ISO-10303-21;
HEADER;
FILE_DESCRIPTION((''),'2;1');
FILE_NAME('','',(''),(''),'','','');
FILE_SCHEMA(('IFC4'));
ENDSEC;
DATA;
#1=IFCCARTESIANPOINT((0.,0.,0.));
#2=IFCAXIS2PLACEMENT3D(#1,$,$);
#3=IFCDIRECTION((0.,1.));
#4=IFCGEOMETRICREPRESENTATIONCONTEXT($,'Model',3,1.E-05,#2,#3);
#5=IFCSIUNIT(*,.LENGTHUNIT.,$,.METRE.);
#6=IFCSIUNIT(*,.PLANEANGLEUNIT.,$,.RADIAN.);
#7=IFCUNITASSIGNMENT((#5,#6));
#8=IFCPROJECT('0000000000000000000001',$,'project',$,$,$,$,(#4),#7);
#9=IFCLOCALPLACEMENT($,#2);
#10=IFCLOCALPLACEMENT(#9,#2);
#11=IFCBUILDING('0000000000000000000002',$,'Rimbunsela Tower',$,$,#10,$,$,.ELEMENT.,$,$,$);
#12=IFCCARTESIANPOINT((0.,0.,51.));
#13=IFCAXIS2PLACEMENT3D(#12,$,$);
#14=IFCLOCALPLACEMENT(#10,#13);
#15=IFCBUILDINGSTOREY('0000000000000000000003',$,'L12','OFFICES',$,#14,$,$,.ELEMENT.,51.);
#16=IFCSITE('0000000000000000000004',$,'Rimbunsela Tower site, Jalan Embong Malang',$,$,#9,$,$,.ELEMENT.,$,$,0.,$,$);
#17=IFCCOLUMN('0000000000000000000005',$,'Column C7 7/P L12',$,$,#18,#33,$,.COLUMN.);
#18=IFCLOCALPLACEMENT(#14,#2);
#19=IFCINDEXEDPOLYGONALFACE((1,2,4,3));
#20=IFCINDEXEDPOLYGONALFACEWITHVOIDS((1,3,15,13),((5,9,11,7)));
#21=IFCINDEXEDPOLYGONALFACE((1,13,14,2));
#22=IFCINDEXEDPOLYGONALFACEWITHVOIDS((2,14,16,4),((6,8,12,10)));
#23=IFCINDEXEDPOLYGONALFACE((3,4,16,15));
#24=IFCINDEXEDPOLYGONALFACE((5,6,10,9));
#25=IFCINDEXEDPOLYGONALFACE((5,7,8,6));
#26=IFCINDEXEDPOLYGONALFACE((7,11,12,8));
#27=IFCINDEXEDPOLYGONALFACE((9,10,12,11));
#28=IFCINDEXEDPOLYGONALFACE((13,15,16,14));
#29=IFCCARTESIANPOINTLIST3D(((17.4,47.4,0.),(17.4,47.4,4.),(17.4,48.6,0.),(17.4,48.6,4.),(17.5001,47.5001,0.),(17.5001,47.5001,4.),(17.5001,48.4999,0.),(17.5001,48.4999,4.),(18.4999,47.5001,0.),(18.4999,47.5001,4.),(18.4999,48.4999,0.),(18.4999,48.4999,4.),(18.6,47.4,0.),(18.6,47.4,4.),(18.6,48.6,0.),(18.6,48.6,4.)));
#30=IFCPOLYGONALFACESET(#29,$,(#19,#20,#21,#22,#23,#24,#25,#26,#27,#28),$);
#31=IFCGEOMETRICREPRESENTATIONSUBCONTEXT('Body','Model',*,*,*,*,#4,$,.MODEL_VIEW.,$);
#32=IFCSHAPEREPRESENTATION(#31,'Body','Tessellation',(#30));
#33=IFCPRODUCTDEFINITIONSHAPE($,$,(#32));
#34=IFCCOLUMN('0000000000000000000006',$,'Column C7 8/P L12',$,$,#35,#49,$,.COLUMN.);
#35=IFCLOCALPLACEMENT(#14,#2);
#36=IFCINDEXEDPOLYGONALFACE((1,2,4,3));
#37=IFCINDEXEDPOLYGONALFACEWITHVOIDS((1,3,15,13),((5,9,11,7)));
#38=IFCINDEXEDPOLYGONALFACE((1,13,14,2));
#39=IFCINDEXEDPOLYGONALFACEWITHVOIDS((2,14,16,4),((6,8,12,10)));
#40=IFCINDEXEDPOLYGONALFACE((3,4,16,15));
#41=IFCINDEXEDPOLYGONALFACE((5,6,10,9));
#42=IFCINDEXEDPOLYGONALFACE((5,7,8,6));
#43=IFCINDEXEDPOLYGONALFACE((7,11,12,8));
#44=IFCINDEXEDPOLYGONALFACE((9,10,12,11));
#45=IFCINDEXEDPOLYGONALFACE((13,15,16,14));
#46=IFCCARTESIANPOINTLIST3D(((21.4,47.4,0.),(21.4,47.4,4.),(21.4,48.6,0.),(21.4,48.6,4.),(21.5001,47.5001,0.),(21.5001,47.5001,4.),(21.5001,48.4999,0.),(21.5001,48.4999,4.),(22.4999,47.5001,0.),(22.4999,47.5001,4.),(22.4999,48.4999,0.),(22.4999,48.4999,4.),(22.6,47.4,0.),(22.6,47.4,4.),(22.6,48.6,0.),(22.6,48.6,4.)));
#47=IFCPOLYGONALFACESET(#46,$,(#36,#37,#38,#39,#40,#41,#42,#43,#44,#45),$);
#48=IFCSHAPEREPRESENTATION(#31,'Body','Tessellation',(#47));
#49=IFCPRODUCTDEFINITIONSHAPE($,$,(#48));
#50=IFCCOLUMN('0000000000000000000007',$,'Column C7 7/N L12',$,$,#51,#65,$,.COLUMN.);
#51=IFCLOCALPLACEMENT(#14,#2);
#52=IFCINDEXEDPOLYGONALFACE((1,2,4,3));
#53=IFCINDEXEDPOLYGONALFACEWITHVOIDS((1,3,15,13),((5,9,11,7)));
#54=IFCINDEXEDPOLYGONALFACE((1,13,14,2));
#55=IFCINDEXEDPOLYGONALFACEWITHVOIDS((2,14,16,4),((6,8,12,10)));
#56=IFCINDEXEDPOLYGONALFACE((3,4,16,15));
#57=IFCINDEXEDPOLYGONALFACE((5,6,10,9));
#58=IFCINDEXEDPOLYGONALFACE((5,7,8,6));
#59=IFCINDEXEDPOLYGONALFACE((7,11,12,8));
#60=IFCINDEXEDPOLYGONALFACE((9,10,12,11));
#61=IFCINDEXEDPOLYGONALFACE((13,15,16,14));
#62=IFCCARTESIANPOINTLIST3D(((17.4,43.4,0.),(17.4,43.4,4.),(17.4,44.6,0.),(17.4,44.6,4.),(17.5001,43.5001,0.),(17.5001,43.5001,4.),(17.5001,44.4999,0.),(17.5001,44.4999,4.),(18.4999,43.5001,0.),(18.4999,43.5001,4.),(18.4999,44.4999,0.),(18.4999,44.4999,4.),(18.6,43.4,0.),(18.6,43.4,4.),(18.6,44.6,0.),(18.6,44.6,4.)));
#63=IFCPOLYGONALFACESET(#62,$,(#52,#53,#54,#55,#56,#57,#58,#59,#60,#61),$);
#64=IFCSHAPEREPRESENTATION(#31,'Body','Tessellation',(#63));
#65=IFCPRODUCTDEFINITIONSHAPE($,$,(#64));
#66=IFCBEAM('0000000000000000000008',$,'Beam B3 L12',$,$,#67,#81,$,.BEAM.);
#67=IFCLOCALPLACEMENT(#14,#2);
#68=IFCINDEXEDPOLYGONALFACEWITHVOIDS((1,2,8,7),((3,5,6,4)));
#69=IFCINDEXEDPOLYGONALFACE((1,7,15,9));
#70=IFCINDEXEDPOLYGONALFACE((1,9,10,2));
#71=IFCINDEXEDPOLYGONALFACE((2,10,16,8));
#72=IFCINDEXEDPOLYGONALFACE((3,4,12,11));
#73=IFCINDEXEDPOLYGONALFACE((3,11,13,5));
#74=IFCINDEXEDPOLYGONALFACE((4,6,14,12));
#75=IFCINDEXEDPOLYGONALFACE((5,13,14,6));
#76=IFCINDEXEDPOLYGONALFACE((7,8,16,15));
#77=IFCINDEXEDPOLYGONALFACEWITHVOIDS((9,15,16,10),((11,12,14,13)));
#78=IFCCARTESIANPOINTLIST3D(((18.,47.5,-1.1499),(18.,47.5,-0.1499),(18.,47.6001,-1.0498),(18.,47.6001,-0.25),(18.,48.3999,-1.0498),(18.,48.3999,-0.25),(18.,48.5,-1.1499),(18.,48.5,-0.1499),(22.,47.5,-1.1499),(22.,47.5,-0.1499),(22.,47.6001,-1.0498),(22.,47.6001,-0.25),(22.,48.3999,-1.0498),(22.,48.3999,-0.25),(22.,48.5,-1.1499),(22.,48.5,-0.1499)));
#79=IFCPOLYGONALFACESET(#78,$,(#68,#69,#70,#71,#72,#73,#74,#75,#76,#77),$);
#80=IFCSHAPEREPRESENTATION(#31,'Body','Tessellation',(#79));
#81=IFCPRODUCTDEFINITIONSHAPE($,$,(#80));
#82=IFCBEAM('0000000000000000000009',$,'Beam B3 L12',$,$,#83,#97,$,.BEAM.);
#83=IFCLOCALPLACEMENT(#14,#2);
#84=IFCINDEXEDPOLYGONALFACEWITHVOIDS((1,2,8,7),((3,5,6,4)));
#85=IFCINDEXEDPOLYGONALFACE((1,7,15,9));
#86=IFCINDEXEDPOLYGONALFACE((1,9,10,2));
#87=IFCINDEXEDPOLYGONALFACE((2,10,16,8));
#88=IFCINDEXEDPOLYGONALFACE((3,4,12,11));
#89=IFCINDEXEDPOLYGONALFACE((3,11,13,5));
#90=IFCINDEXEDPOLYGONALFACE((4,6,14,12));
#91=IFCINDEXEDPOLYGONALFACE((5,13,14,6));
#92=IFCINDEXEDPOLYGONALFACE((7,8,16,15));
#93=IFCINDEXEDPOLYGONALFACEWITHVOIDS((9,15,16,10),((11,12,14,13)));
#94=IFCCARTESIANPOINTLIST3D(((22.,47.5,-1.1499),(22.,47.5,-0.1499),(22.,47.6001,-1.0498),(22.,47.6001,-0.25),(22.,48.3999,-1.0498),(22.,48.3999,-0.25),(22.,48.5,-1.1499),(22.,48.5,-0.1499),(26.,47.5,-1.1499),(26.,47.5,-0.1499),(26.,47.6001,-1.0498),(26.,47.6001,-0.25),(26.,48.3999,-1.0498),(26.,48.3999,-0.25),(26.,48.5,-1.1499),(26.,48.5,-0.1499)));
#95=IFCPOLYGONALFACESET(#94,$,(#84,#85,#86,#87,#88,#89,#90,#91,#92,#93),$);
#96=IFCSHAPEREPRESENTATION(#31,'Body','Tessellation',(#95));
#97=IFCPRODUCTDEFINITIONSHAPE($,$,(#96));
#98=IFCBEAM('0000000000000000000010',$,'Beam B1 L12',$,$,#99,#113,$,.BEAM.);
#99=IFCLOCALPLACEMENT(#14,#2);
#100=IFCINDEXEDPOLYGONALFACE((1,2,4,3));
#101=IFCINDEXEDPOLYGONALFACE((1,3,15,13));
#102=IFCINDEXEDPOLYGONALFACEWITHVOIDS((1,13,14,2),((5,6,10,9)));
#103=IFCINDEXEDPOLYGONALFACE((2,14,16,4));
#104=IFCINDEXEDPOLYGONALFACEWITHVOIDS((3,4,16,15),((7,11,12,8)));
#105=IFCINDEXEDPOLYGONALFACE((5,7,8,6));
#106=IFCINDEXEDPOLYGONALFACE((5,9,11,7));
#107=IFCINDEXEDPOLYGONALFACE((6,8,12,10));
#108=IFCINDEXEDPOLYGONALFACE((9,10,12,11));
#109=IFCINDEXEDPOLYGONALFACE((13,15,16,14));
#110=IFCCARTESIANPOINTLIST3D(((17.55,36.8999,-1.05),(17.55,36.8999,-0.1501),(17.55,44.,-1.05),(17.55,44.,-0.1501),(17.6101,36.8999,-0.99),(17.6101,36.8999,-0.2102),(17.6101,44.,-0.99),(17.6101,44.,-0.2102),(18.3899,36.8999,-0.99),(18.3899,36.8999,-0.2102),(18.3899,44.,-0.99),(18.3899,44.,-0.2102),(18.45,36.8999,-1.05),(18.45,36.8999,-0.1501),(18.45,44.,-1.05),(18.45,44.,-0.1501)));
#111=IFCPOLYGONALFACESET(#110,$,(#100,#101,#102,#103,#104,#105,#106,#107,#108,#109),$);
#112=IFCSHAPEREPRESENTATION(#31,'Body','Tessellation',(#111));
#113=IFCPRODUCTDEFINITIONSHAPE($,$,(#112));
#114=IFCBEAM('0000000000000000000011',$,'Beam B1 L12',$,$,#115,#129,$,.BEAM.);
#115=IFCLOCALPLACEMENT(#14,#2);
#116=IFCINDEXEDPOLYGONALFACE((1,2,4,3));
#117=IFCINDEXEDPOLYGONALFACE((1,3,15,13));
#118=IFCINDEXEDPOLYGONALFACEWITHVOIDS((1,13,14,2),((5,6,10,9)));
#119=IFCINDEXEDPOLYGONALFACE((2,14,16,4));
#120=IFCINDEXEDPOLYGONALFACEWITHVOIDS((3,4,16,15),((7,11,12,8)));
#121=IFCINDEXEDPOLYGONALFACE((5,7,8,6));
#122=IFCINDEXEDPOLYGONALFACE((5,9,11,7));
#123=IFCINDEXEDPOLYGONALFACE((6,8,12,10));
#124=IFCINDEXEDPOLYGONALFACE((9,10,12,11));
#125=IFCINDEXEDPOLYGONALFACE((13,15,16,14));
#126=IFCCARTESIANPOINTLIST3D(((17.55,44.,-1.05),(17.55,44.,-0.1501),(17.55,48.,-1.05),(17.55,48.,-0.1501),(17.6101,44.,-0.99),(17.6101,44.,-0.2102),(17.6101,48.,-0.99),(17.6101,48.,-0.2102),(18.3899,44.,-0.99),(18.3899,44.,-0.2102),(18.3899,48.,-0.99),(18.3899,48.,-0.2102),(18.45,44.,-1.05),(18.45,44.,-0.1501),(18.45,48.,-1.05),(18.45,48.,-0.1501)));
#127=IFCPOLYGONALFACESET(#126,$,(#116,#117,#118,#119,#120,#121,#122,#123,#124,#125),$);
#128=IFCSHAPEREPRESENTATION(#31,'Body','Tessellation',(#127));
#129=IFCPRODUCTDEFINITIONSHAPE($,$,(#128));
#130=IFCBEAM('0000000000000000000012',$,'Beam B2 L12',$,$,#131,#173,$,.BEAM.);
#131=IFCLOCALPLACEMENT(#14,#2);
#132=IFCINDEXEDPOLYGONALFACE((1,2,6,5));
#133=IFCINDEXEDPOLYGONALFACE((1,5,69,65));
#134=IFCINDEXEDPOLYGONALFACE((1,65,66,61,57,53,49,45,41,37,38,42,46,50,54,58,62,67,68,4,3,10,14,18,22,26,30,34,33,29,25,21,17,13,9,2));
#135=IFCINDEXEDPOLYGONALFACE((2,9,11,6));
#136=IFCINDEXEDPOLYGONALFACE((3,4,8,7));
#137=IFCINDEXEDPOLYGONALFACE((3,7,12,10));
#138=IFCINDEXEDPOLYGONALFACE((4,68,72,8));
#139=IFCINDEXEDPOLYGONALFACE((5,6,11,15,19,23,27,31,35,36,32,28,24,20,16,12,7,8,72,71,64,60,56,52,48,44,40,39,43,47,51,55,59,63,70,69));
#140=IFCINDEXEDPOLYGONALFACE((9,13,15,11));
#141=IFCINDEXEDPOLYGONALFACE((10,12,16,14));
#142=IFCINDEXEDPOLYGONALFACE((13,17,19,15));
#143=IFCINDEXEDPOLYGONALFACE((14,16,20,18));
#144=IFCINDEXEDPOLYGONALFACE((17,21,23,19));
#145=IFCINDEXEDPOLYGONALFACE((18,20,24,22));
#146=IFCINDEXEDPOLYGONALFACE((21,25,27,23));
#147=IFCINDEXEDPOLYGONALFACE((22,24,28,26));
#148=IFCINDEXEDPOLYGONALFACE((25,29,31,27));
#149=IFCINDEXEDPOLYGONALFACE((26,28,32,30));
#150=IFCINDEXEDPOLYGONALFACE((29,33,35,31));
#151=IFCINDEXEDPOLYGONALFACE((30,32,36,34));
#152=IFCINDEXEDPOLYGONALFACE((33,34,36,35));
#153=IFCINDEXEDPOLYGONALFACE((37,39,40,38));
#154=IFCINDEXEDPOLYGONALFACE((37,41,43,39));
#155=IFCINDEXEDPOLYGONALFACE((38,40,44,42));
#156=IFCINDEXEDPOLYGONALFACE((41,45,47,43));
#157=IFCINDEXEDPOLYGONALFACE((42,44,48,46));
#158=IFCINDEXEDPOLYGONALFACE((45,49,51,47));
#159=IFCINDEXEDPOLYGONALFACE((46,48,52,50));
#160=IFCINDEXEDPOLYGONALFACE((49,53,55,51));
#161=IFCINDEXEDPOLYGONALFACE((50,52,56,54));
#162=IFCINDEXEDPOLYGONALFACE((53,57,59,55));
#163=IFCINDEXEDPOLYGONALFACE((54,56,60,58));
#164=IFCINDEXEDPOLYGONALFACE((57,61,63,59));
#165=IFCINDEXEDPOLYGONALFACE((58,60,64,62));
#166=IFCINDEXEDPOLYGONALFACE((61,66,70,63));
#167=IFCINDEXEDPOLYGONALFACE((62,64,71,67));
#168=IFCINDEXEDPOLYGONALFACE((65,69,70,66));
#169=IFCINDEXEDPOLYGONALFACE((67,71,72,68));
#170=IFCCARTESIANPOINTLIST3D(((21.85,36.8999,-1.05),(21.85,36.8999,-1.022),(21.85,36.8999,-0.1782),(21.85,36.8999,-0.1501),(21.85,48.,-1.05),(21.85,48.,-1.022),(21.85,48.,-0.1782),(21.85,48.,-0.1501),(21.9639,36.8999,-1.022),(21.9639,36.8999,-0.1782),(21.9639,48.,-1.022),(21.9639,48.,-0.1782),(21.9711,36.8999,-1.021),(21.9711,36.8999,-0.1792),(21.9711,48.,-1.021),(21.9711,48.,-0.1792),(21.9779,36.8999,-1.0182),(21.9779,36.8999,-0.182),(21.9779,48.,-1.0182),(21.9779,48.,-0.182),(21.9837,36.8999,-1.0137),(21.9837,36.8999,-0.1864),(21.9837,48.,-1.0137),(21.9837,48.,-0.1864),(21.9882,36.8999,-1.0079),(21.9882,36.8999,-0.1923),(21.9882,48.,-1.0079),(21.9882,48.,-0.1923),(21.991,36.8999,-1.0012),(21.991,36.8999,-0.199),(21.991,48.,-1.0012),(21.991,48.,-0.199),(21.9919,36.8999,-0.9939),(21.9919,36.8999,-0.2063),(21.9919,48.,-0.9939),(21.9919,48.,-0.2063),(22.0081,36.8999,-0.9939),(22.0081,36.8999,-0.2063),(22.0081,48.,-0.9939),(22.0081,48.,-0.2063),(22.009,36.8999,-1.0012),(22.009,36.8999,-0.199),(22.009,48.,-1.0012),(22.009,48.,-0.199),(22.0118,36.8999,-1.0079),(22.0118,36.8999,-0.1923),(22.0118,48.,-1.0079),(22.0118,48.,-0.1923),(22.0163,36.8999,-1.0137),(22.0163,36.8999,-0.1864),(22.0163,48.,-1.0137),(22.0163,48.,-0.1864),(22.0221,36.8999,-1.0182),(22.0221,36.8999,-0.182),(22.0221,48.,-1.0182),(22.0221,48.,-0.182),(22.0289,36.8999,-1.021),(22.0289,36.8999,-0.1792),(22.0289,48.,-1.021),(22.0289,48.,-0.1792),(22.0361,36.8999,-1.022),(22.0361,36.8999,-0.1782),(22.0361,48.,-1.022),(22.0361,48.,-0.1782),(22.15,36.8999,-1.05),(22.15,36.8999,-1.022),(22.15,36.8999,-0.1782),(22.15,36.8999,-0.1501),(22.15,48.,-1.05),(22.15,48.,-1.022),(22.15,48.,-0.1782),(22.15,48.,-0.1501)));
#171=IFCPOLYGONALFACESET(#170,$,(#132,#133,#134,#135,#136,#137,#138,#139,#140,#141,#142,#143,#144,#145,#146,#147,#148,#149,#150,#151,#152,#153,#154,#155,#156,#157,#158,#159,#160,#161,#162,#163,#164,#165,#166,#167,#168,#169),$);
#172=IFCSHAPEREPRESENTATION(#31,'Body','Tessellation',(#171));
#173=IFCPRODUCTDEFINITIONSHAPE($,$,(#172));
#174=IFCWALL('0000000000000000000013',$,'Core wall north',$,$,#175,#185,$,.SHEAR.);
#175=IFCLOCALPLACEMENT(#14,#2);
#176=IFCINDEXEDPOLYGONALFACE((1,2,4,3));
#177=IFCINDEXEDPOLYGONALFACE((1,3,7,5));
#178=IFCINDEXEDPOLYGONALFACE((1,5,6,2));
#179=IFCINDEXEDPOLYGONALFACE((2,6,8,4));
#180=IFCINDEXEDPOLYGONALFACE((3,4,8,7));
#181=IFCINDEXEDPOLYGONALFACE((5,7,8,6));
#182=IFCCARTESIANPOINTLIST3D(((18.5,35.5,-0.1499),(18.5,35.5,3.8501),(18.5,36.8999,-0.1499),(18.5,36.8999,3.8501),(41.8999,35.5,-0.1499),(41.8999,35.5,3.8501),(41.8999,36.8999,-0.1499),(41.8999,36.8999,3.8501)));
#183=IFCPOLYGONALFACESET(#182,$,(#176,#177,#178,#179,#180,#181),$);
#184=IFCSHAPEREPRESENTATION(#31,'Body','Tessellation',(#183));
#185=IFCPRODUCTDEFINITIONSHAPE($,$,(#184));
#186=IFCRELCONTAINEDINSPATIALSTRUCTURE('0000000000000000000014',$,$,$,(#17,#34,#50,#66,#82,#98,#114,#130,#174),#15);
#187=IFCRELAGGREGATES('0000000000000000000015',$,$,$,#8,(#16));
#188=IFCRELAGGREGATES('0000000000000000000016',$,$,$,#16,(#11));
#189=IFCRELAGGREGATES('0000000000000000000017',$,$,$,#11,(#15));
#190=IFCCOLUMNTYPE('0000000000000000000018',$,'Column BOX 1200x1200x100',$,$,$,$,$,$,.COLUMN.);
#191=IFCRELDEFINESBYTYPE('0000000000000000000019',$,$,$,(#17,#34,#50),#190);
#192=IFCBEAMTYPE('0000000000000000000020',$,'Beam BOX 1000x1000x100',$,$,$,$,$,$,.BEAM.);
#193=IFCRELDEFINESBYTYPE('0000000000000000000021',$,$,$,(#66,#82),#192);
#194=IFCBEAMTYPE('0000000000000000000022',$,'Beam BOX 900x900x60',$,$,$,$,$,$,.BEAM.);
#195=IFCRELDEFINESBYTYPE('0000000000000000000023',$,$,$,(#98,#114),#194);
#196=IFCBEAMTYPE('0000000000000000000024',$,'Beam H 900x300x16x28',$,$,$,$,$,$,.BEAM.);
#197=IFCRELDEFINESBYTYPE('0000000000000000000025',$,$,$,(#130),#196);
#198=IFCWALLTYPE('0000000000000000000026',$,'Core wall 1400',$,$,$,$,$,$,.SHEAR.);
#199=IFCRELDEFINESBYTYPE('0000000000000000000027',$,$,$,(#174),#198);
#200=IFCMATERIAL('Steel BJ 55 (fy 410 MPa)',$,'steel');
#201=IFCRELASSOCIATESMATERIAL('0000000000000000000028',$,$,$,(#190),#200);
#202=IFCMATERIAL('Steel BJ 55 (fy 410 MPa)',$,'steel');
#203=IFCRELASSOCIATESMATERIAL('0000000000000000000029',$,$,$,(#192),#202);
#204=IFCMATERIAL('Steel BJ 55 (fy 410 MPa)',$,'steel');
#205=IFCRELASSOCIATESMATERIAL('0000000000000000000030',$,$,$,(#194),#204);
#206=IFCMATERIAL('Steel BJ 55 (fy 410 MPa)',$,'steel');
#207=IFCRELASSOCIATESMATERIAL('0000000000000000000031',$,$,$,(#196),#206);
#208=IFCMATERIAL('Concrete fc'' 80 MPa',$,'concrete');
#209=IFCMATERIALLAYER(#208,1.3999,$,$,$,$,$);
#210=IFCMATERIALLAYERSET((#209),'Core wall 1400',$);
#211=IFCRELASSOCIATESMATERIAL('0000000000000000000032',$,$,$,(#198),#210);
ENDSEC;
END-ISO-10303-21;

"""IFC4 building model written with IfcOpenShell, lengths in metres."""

from ifc_helpers import new_model, si_unit, direction, frame, frame_2d, origin, origin_2d, place, context, subcontext, project, spatial, rectangle, hollow_rectangle, i_section, extrude, material, layer, layer_set, material_profile, profile_set, type_object, element, save


model = new_model("IFC4")

# Units and contexts
model_context = context("Model", 3, precision=1e-05, world=origin(), true_north=direction((0.0, 1.0)))
body_context = subcontext(model_context, "Body", "Model", "MODEL_VIEW")
ifc_project = project(units=[si_unit("LENGTHUNIT", "METRE"), si_unit("PLANEANGLEUNIT", "RADIAN")], contexts=[model_context])

# Site, building, storey
site_placement = place(None, origin())
site = spatial("IfcSite", under=ifc_project, at=site_placement, Name="Rimbunsela Tower site, Jalan Embong Malang", CompositionType="ELEMENT", RefElevation=0.0)
building_placement = place(site_placement, origin())
building = spatial("IfcBuilding", under=site, at=building_placement, Name="Rimbunsela Tower", CompositionType="ELEMENT")
storey_placement = place(building_placement, frame((0.0, 0.0, 51.0)))
storey = spatial("IfcBuildingStorey", under=building, at=storey_placement, Name="L12", Description="OFFICES", CompositionType="ELEMENT", Elevation=51.0)

# Columns
ifc_material_1 = material(Name="Steel BJ 55 (fy 410 MPa)", Category="steel")
ifc_material_profile_1 = material_profile(ifc_material_1, hollow_rectangle(XDim=1.2, YDim=1.2, WallThickness=0.1001, at=origin_2d()), Name="BOX 1200x1200x100")
ifc_profile_set_1 = profile_set([ifc_material_profile_1], Name="Steel BJ 55 (fy 410 MPa)")
column_type = type_object("IfcColumnType", Name="Column BOX 1200x1200x100", PredefinedType="COLUMN", material=ifc_profile_set_1)
for number, where, z_axis, x_axis, name in (
    (1, (18.0, 48.0, 0.0), (0.0, 0.0, 1.0), (1.0, 0.0, 0.0), "Column C7 7/P L12"),
    (2, (22.0, 48.0, 0.0), (0.0, 0.0, 1.0), (1.0, 0.0, 0.0), "Column C7 8/P L12"),
    (3, (18.0, 44.0, 0.0), (0.0, 0.0, 1.0), (1.0, 0.0, 0.0), "Column C7 7/N L12"),
):
    element("IfcColumn", number, at=place(storey_placement, frame(where, z_axis=z_axis, x_axis=x_axis)), inside=storey, type_object=column_type, Name=name, PredefinedType="COLUMN", context=body_context, shape_type="SweptSolid", body=[
        extrude(hollow_rectangle(XDim=1.2, YDim=1.2, WallThickness=0.1001, at=origin_2d()), origin(), (0.0, 0.0, 1.0), 4.0),
    ])

# Beams
ifc_material_2 = material(Name="Steel BJ 55 (fy 410 MPa)", Category="steel")
ifc_material_profile_2 = material_profile(ifc_material_2, hollow_rectangle(XDim=1.0, YDim=1.0, WallThickness=0.1001, at=origin_2d()), Name="BOX 1000x1000x100")
ifc_profile_set_2 = profile_set([ifc_material_profile_2], Name="Steel BJ 55 (fy 410 MPa)")
beam_type_1 = type_object("IfcBeamType", Name="Beam BOX 1000x1000x100", PredefinedType="BEAM", material=ifc_profile_set_2)
for number, where, z_axis, x_axis, name in (
    (4, (18.0, 48.0, -0.6499), (1.0, 0.0, 0.0), (0.0, 1.0, 0.0), "Beam B3 L12"),
    (5, (22.0, 48.0, -0.6499), (1.0, 0.0, 0.0), (0.0, 1.0, 0.0), "Beam B3 L12"),
):
    element("IfcBeam", number, at=place(storey_placement, frame(where, z_axis=z_axis, x_axis=x_axis)), inside=storey, type_object=beam_type_1, Name=name, PredefinedType="BEAM", context=body_context, shape_type="SweptSolid", body=[
        extrude(hollow_rectangle(XDim=1.0, YDim=1.0, WallThickness=0.1001, at=origin_2d()), origin(), (0.0, 0.0, 1.0), 4.0),
    ])
ifc_material_3 = material(Name="Steel BJ 55 (fy 410 MPa)", Category="steel")
ifc_material_profile_3 = material_profile(ifc_material_3, hollow_rectangle(XDim=0.8999, YDim=0.8999, WallThickness=0.0601, at=origin_2d()), Name="BOX 900x900x60")
ifc_profile_set_3 = profile_set([ifc_material_profile_3], Name="Steel BJ 55 (fy 410 MPa)")
beam_type_2 = type_object("IfcBeamType", Name="Beam BOX 900x900x60", PredefinedType="BEAM", material=ifc_profile_set_3)
beam_1_placement = place(storey_placement, frame((18.0, 36.8999, -0.6001), z_axis=(0.0, 1.0, 0.0), x_axis=(-1.0, 0.0, 0.0)))
element("IfcBeam", 6, at=beam_1_placement, inside=storey, type_object=beam_type_2, Name="Beam B1 L12", PredefinedType="BEAM", context=body_context, shape_type="SweptSolid", body=[
    extrude(hollow_rectangle(XDim=0.8999, YDim=0.8999, WallThickness=0.0601, at=origin_2d()), origin(), (0.0, 0.0, 1.0), 7.1001),
])
beam_2_placement = place(storey_placement, frame((18.0, 44.0, -0.6001), z_axis=(0.0, 1.0, 0.0), x_axis=(-1.0, 0.0, 0.0)))
element("IfcBeam", 7, at=beam_2_placement, inside=storey, type_object=beam_type_2, Name="Beam B1 L12", PredefinedType="BEAM", context=body_context, shape_type="SweptSolid", body=[
    extrude(hollow_rectangle(XDim=0.8999, YDim=0.8999, WallThickness=0.0601, at=origin_2d()), origin(), (0.0, 0.0, 1.0), 4.0),
])
ifc_material_4 = material(Name="Steel BJ 55 (fy 410 MPa)", Category="steel")
ifc_material_profile_4 = material_profile(ifc_material_4, i_section(OverallWidth=0.3, OverallDepth=0.8999, WebThickness=0.0161, FlangeThickness=0.0281, FilletRadius=0.0281, at=origin_2d()), Name="H 900x300x16x28")
ifc_profile_set_4 = profile_set([ifc_material_profile_4], Name="Steel BJ 55 (fy 410 MPa)")
beam_type_3 = type_object("IfcBeamType", Name="Beam H 900x300x16x28", PredefinedType="BEAM", material=ifc_profile_set_4)
beam_3_placement = place(storey_placement, frame((22.0, 36.8999, -0.6001), z_axis=(0.0, 1.0, 0.0), x_axis=(-1.0, 0.0, 0.0)))
element("IfcBeam", 8, at=beam_3_placement, inside=storey, type_object=beam_type_3, Name="Beam B2 L12", PredefinedType="BEAM", context=body_context, shape_type="SweptSolid", body=[
    extrude(i_section(OverallWidth=0.3, OverallDepth=0.8999, WebThickness=0.0161, FlangeThickness=0.0281, FilletRadius=0.0281, at=origin_2d()), origin(), (0.0, 0.0, 1.0), 11.1001),
])

# Wall
ifc_material_5 = material(Name="Concrete fc' 80 MPa", Category="concrete")
ifc_layer_1 = layer(ifc_material_5, 1.3999)
ifc_layer_set_1 = layer_set([ifc_layer_1], Name="Core wall 1400")
wall_type_1 = type_object("IfcWallType", Name="Core wall 1400", PredefinedType="SHEAR", material=ifc_layer_set_1)
wall_1_placement = place(storey_placement, frame((18.5, 36.2, -0.1499), z_axis=(0.0, 0.0, 1.0), x_axis=(1.0, 0.0, 0.0)))
element("IfcWall", 9, at=wall_1_placement, inside=storey, type_object=wall_type_1, Name="Core wall north", PredefinedType="SHEAR", context=body_context, shape_type="SweptSolid", body=[
    extrude(rectangle(XDim=23.3999, YDim=1.3999, at=frame_2d((11.7, 0.0))), origin(), (0.0, 0.0, 1.0), 4.0),
])

save(model, "model.ifc")
